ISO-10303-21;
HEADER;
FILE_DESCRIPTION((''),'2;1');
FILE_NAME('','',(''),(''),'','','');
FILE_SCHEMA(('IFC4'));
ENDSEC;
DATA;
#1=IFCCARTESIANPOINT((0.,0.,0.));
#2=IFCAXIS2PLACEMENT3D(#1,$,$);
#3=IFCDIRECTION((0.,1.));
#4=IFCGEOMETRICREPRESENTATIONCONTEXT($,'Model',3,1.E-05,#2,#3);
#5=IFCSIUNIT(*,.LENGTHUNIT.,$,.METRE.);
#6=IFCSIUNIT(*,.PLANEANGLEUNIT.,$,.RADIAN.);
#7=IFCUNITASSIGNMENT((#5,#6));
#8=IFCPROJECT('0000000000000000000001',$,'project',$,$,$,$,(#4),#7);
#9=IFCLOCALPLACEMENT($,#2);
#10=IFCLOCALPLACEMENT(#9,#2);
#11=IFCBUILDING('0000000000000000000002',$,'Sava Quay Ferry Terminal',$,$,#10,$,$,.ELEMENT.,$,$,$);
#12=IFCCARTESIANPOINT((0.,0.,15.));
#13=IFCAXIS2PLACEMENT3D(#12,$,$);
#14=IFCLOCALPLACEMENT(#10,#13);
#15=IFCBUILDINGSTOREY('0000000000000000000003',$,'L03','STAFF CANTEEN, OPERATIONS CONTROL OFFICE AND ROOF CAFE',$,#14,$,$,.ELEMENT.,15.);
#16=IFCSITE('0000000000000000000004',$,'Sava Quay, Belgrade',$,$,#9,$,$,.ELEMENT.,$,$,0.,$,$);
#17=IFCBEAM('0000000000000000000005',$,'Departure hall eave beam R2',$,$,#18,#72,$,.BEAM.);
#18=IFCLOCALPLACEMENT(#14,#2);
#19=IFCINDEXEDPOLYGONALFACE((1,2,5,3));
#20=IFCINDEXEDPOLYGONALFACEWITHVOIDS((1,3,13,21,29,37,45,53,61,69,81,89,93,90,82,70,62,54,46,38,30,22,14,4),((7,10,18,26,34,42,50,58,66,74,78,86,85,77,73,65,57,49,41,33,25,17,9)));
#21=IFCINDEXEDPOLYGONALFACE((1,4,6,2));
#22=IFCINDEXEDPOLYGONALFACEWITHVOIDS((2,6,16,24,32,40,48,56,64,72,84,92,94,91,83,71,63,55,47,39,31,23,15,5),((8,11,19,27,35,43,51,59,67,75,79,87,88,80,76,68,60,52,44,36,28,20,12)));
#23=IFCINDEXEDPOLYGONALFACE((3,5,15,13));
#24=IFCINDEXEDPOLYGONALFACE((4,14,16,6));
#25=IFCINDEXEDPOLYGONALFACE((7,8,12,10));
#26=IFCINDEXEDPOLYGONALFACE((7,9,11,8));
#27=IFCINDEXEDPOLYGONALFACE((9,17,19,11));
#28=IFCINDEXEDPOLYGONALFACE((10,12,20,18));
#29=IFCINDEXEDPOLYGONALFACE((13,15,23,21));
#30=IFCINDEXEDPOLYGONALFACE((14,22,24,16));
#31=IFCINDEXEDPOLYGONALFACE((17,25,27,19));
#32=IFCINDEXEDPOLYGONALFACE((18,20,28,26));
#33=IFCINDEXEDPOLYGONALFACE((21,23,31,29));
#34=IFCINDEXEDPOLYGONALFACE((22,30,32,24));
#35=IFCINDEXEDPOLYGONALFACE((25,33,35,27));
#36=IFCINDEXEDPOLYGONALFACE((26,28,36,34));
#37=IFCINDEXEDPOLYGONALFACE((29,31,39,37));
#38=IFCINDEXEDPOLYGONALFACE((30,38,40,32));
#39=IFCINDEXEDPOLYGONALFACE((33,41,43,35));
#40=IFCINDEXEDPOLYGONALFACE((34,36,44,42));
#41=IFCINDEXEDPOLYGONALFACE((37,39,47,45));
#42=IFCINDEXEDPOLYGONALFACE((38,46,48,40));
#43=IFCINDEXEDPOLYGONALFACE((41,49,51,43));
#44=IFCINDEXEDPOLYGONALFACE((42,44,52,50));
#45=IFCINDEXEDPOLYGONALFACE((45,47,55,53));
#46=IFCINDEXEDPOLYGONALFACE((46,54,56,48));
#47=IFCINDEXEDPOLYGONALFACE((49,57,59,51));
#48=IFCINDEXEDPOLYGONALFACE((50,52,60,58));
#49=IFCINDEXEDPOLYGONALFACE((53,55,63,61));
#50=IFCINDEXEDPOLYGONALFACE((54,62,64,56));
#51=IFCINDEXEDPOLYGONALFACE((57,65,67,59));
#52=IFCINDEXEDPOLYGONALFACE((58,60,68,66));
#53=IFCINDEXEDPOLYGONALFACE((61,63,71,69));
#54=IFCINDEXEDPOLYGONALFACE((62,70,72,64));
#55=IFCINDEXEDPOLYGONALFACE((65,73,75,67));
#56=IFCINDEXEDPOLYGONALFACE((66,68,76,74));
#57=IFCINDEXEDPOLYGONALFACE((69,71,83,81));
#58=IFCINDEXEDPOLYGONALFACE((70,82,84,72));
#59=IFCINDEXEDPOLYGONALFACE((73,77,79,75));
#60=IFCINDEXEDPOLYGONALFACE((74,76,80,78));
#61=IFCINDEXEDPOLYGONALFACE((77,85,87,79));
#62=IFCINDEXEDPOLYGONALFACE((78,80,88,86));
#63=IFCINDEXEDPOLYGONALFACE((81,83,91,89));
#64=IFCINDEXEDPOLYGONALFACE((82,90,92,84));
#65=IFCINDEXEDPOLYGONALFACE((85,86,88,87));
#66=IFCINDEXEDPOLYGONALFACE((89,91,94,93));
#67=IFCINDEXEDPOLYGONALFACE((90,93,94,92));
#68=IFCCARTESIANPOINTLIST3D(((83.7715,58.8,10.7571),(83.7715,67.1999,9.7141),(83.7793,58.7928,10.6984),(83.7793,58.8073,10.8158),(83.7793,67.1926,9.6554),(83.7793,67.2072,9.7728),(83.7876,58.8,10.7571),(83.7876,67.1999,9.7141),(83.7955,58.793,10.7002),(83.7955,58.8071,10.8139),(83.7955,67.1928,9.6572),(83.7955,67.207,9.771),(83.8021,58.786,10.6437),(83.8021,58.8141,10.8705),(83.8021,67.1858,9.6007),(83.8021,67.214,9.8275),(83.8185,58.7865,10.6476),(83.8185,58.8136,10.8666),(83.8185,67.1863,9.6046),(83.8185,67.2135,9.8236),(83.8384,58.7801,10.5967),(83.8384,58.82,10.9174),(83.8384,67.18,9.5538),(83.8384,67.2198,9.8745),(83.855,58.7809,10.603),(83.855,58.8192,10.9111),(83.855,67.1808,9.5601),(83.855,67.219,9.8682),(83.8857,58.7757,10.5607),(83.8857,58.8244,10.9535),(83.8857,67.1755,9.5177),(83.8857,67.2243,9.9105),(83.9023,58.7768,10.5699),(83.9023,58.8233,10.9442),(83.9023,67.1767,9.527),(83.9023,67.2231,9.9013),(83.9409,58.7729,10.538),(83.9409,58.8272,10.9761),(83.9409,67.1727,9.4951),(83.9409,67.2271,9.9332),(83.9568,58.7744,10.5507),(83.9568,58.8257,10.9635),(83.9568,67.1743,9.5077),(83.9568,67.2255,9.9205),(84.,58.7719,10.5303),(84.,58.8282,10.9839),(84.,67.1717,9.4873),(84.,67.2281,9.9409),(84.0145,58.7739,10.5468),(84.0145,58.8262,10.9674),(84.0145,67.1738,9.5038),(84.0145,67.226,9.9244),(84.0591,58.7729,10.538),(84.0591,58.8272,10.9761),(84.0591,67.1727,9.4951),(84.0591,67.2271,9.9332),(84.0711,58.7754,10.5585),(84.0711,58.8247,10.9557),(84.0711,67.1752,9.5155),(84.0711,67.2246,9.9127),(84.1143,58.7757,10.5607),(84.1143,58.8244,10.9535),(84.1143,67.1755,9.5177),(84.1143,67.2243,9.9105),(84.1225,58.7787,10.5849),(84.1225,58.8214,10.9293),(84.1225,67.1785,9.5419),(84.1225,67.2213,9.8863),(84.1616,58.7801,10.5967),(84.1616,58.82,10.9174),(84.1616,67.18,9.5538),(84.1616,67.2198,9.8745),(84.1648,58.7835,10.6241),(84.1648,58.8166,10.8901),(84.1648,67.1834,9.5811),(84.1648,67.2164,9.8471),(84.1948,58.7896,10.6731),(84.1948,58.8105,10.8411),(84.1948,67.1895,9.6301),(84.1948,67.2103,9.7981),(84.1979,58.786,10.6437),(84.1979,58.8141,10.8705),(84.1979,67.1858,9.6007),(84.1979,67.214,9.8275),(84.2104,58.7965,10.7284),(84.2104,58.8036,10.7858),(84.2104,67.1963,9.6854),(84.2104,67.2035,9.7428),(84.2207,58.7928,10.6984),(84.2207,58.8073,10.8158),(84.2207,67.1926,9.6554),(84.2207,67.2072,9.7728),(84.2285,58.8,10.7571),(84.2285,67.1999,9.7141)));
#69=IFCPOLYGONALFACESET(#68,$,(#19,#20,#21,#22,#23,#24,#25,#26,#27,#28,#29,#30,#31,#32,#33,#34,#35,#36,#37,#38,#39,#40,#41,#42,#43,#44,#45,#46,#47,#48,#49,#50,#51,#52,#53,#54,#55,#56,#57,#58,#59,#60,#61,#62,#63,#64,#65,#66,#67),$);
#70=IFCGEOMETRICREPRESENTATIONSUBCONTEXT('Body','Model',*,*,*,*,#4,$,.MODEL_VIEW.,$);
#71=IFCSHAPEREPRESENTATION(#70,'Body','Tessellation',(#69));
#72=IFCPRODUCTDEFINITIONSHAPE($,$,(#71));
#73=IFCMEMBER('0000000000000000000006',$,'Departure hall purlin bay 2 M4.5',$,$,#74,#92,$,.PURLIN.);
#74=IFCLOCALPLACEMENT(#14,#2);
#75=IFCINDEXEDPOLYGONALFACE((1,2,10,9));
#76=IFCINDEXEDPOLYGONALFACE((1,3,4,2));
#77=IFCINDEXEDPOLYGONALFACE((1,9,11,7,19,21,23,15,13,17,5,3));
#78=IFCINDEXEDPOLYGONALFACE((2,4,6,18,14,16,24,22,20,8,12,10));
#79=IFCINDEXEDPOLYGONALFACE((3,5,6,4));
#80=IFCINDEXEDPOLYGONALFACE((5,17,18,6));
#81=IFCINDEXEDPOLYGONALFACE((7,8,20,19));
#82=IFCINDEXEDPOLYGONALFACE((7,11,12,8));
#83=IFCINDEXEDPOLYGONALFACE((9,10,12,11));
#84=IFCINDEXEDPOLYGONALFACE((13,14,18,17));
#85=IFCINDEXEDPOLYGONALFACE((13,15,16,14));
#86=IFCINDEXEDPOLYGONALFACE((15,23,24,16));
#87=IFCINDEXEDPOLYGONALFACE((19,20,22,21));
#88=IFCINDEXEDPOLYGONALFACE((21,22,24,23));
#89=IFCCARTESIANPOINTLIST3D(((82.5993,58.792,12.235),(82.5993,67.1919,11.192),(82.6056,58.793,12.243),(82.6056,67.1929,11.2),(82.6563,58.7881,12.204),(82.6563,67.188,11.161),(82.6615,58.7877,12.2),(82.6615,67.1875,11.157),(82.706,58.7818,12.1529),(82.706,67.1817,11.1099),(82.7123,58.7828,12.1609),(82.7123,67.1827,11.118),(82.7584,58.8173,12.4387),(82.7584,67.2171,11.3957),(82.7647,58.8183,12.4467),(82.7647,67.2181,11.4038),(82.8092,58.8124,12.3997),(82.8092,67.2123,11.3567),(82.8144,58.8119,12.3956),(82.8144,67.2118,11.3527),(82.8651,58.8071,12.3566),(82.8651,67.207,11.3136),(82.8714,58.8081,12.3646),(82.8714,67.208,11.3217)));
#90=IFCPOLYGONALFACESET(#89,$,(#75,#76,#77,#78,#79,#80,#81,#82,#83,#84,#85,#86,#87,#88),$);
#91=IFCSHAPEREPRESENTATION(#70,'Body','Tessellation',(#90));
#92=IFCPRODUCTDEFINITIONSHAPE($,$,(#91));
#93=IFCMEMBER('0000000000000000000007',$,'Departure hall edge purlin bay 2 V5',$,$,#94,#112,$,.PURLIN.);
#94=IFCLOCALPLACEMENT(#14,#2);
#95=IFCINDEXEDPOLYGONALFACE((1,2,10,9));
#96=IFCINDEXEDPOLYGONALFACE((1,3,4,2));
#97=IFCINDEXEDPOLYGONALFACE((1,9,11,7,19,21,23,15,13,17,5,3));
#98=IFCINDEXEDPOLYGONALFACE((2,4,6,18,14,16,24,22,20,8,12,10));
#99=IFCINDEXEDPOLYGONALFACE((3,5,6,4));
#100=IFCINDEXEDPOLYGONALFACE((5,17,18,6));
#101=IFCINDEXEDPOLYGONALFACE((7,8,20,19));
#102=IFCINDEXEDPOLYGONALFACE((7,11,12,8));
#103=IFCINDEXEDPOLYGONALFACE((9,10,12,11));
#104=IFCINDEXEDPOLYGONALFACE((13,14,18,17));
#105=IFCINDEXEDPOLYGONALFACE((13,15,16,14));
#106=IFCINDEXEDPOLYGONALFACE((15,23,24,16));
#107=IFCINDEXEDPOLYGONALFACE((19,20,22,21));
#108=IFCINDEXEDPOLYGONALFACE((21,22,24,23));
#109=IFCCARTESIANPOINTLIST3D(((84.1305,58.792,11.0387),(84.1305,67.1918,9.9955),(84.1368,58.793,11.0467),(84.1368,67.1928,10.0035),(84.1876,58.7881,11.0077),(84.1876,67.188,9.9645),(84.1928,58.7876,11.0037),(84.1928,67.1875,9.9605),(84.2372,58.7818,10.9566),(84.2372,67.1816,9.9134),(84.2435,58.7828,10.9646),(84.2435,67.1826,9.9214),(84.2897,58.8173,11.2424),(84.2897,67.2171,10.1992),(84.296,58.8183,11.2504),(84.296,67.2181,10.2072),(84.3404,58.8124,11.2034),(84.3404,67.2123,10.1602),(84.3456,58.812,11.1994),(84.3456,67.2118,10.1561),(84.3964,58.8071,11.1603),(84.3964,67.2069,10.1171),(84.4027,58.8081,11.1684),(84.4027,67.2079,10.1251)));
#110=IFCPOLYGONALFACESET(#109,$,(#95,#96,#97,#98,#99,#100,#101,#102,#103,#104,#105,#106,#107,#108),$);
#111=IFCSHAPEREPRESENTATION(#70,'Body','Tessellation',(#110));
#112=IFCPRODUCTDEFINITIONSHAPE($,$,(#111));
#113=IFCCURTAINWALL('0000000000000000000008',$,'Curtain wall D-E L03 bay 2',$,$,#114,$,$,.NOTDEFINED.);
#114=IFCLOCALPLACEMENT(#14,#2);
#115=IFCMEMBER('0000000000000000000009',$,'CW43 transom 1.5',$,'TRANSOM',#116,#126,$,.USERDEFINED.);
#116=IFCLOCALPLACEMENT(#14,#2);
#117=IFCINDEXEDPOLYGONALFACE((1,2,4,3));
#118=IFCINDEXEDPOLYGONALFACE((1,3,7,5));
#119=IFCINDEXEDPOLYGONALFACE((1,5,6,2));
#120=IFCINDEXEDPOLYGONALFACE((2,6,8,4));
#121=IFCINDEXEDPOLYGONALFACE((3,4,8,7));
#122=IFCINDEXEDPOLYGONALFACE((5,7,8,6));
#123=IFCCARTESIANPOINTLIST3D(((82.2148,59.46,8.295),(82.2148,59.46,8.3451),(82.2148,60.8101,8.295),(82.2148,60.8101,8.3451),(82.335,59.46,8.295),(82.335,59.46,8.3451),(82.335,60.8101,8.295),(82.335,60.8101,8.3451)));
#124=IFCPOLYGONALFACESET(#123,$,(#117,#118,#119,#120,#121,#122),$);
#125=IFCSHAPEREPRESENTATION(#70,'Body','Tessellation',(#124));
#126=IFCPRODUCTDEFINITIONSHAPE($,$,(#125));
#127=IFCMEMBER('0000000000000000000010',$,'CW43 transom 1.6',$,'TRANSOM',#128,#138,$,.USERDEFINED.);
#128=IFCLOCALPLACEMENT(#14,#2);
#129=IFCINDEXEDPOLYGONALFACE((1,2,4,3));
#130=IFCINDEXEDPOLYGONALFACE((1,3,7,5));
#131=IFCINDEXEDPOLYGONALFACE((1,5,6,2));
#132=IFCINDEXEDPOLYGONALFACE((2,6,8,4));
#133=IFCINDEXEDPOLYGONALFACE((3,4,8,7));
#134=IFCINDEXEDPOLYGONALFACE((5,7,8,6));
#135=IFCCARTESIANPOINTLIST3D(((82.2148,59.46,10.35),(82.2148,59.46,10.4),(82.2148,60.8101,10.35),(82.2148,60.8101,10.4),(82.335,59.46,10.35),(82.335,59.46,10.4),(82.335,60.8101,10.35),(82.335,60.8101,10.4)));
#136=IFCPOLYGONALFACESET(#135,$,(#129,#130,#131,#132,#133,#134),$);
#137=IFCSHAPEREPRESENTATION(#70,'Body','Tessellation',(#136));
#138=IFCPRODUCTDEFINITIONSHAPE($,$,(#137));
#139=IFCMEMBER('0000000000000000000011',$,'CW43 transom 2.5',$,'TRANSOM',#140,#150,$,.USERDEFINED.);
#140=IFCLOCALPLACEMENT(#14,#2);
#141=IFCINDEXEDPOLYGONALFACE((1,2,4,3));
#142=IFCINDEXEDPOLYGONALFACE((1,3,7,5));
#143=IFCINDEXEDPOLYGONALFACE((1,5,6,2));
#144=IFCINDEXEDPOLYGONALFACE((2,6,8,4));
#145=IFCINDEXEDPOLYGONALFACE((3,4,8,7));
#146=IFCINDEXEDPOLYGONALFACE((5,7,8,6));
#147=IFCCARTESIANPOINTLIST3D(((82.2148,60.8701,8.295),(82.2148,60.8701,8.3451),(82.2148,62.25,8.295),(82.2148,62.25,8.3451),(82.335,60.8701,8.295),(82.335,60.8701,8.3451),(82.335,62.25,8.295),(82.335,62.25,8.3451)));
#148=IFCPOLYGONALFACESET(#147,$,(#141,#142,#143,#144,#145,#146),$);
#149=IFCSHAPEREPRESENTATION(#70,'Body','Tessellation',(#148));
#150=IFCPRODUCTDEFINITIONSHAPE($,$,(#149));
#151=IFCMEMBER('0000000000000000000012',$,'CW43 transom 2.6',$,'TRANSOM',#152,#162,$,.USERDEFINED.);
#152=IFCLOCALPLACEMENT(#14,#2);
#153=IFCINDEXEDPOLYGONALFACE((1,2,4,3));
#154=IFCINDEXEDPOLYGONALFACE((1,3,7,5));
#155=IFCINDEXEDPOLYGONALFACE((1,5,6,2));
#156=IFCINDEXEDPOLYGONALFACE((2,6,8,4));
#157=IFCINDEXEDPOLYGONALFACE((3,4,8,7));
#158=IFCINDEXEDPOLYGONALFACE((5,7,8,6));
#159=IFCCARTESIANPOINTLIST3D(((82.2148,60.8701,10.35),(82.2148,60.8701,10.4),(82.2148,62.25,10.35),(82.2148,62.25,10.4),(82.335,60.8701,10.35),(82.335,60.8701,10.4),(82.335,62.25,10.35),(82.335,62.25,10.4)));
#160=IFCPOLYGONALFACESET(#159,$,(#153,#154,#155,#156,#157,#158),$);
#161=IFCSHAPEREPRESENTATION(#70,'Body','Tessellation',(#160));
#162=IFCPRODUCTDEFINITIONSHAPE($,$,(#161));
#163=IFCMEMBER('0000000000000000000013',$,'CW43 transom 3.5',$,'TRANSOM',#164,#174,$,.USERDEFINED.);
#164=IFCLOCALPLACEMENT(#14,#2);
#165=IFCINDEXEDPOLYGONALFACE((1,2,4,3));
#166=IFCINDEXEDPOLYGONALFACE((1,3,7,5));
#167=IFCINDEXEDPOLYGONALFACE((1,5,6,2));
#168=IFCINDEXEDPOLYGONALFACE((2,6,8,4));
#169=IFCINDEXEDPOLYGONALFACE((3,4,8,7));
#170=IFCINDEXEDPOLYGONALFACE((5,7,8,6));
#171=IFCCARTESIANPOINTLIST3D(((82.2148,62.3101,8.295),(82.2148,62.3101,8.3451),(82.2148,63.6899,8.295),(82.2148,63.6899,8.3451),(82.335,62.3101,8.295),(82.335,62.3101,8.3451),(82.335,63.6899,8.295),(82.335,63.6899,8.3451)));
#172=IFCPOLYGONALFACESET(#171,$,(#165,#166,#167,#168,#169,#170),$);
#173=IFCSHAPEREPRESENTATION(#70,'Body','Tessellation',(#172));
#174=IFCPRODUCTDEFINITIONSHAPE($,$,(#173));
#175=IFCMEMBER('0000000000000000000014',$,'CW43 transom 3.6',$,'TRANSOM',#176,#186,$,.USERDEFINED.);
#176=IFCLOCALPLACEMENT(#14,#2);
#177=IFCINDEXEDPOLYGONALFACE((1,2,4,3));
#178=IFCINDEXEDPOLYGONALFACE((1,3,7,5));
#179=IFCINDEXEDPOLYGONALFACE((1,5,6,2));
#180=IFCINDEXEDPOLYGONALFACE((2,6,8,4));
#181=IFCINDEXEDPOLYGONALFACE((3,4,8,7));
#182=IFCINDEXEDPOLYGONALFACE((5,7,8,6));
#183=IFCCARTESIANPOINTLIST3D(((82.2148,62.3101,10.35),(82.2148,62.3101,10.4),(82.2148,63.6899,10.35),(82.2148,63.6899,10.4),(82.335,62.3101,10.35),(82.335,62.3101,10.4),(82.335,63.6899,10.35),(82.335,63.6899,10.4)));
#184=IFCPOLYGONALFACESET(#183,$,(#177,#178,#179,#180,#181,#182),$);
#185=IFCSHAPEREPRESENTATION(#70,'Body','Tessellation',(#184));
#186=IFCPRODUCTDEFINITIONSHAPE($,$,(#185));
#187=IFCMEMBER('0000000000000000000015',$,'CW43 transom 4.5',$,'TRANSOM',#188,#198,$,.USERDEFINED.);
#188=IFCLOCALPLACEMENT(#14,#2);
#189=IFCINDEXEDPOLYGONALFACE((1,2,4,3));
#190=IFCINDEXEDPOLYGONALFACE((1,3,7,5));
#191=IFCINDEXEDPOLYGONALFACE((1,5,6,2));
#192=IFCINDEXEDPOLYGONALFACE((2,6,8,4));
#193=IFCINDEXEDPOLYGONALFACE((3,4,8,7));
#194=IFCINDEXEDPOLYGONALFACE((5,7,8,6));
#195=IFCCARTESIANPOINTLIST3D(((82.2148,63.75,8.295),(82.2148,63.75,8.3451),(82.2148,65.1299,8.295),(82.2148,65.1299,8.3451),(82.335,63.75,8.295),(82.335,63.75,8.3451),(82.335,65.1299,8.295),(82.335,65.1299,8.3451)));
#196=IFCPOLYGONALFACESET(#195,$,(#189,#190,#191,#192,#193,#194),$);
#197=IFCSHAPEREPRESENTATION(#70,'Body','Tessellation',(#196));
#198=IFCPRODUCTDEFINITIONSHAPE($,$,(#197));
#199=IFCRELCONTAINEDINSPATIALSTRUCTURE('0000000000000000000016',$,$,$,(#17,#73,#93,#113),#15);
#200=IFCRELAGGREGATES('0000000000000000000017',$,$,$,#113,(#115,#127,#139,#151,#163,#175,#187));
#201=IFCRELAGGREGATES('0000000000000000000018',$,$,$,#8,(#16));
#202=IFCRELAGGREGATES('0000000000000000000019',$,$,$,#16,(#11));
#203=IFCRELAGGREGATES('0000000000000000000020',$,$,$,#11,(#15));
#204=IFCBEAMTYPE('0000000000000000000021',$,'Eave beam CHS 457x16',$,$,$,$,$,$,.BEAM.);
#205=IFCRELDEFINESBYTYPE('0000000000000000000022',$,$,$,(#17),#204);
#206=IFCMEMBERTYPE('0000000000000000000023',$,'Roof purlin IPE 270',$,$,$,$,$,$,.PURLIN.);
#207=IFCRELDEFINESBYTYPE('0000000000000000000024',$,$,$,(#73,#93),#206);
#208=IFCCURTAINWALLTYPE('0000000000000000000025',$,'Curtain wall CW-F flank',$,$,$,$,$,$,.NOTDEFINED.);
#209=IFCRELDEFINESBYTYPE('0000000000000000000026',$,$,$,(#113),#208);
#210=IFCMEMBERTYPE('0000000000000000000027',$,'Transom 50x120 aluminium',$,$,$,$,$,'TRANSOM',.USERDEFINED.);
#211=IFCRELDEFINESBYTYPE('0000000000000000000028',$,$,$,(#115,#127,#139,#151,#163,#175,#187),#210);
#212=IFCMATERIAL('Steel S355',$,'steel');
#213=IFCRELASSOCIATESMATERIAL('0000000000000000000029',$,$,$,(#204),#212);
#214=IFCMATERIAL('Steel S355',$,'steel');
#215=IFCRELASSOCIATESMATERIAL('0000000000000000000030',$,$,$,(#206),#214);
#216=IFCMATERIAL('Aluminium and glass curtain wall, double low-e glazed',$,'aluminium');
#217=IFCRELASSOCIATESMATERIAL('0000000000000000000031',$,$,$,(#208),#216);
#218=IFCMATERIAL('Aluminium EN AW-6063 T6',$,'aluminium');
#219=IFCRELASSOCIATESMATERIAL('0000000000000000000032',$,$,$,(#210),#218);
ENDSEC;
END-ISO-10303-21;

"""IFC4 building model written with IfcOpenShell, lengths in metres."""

from ifc_helpers import new_model, si_unit, direction, frame, origin, origin_2d, place, context, subcontext, project, spatial, rectangle, hollow_circle, i_section, extrude, material, material_profile, profile_set, type_object, element, aggregate, save


model = new_model("IFC4")

# Units and contexts
model_context = context("Model", 3, precision=1e-05, world=origin(), true_north=direction((0.0, 1.0)))
body_context = subcontext(model_context, "Body", "Model", "MODEL_VIEW")
ifc_project = project(units=[si_unit("LENGTHUNIT", "METRE"), si_unit("PLANEANGLEUNIT", "RADIAN")], contexts=[model_context])

# Site, building, storey
site_placement = place(None, origin())
site = spatial("IfcSite", under=ifc_project, at=site_placement, Name="Sava Quay, Belgrade", CompositionType="ELEMENT", RefElevation=0.0)
building_placement = place(site_placement, origin())
building = spatial("IfcBuilding", under=site, at=building_placement, Name="Sava Quay Ferry Terminal", CompositionType="ELEMENT")
storey_placement = place(building_placement, frame((0.0, 0.0, 15.0)))
storey = spatial("IfcBuildingStorey", under=building, at=storey_placement, Name="L03", Description="STAFF CANTEEN, OPERATIONS CONTROL OFFICE AND ROOF CAFE", CompositionType="ELEMENT", Elevation=15.0)

# Beam
ifc_material_1 = material(Name="Steel S355", Category="steel")
ifc_material_profile_1 = material_profile(ifc_material_1, hollow_circle(Radius=0.2285, WallThickness=0.0161, at=origin_2d()), Name="CHS 457 x 16.0")
ifc_profile_set_1 = profile_set([ifc_material_profile_1], Name="Steel S355")
beam_type = type_object("IfcBeamType", Name="Eave beam CHS 457x16", PredefinedType="BEAM", material=ifc_profile_set_1)
beam_placement = place(storey_placement, frame((84.0, 58.8, 10.7571), z_axis=(0.0, 0.99238, -0.123218), x_axis=(-1.0, 0.0, 0.0)))
element("IfcBeam", 1, at=beam_placement, inside=storey, type_object=beam_type, Name="Departure hall eave beam R2", PredefinedType="BEAM", context=body_context, shape_type="SweptSolid", body=[
    extrude(hollow_circle(Radius=0.2285, WallThickness=0.0161, at=origin_2d()), origin(), (0.0, 0.0, 1.0), 8.4644),
])

# Members
ifc_material_2 = material(Name="Steel S355", Category="steel")
ifc_material_profile_2 = material_profile(ifc_material_2, i_section(OverallWidth=0.135, OverallDepth=0.27, WebThickness=0.0066, FlangeThickness=0.0103, at=origin_2d()), Name="IPE 270")
ifc_profile_set_2 = profile_set([ifc_material_profile_2], Name="Steel S355")
member_type_1 = type_object("IfcMemberType", Name="Roof purlin IPE 270", PredefinedType="PURLIN", material=ifc_profile_set_2)
for number, where, z_axis, x_axis, name in (
    (2, (82.7354, 58.8, 12.2998), (0.0, 0.99238, -0.123218), (-0.790288, 0.0755, 0.608066), "Departure hall purlin bay 2 M4.5"),
    (3, (84.2666, 58.8, 11.1035), (0.0, 0.992376, -0.123247), (-0.790288, 0.075518, 0.608064), "Departure hall edge purlin bay 2 V5"),
):
    element("IfcMember", number, at=place(storey_placement, frame(where, z_axis=z_axis, x_axis=x_axis)), inside=storey, type_object=member_type_1, Name=name, PredefinedType="PURLIN", context=body_context, shape_type="SweptSolid", body=[
        extrude(i_section(OverallWidth=0.135, OverallDepth=0.27, WebThickness=0.0066, FlangeThickness=0.0103, at=origin_2d()), origin(), (0.0, 0.0, 1.0), 8.4644),
    ])

# Curtain wall, members
ifc_material_3 = material(Name="Aluminium and glass curtain wall, double low-e glazed", Category="aluminium")
curtain_wall_type = type_object("IfcCurtainWallType", Name="Curtain wall CW-F flank", PredefinedType="NOTDEFINED", material=ifc_material_3)
curtain_wall_placement = place(storey_placement, origin())
curtain_wall = element("IfcCurtainWall", 4, at=curtain_wall_placement, inside=storey, type_object=curtain_wall_type, Name="Curtain wall D-E L03 bay 2", PredefinedType="NOTDEFINED")
ifc_material_4 = material(Name="Aluminium EN AW-6063 T6", Category="aluminium")
ifc_material_profile_3 = material_profile(ifc_material_4, rectangle(XDim=0.1201, YDim=0.05, at=origin_2d()), Name="Transom 50x120 aluminium")
ifc_profile_set_3 = profile_set([ifc_material_profile_3], Name="Aluminium EN AW-6063 T6")
member_type_2 = type_object("IfcMemberType", Name="Transom 50x120 aluminium", ElementType="TRANSOM", PredefinedType="USERDEFINED", material=ifc_profile_set_3)
member_1_placement = place(storey_placement, frame((82.2749, 59.46, 8.3201), z_axis=(0.0, 1.0, 0.0), x_axis=(-1.0, 0.0, 0.0)))
member_1 = element("IfcMember", 5, at=member_1_placement, type_object=member_type_2, Name="CW43 transom 1.5", ObjectType="TRANSOM", PredefinedType="USERDEFINED", context=body_context, shape_type="SweptSolid", body=[
    extrude(rectangle(XDim=0.1201, YDim=0.05, at=origin_2d()), origin(), (0.0, 0.0, 1.0), 1.3501),
])
member_2_placement = place(storey_placement, frame((82.2749, 59.46, 10.375), z_axis=(0.0, 1.0, 0.0), x_axis=(-1.0, 0.0, 0.0)))
member_2 = element("IfcMember", 6, at=member_2_placement, type_object=member_type_2, Name="CW43 transom 1.6", ObjectType="TRANSOM", PredefinedType="USERDEFINED", context=body_context, shape_type="SweptSolid", body=[
    extrude(rectangle(XDim=0.1201, YDim=0.05, at=origin_2d()), origin(), (0.0, 0.0, 1.0), 1.3501),
])
member_3_placement = place(storey_placement, frame((82.2749, 60.8701, 8.3201), z_axis=(0.0, 1.0, 0.0), x_axis=(-1.0, 0.0, 0.0)))
member_3 = element("IfcMember", 7, at=member_3_placement, type_object=member_type_2, Name="CW43 transom 2.5", ObjectType="TRANSOM", PredefinedType="USERDEFINED", context=body_context, shape_type="SweptSolid", body=[
    extrude(rectangle(XDim=0.1201, YDim=0.05, at=origin_2d()), origin(), (0.0, 0.0, 1.0), 1.3799),
])
member_4_placement = place(storey_placement, frame((82.2749, 60.8701, 10.375), z_axis=(0.0, 1.0, 0.0), x_axis=(-1.0, 0.0, 0.0)))
member_4 = element("IfcMember", 8, at=member_4_placement, type_object=member_type_2, Name="CW43 transom 2.6", ObjectType="TRANSOM", PredefinedType="USERDEFINED", context=body_context, shape_type="SweptSolid", body=[
    extrude(rectangle(XDim=0.1201, YDim=0.05, at=origin_2d()), origin(), (0.0, 0.0, 1.0), 1.3799),
])
member_5_placement = place(storey_placement, frame((82.2749, 62.3101, 8.3201), z_axis=(0.0, 1.0, 0.0), x_axis=(-1.0, 0.0, 0.0)))
member_5 = element("IfcMember", 9, at=member_5_placement, type_object=member_type_2, Name="CW43 transom 3.5", ObjectType="TRANSOM", PredefinedType="USERDEFINED", context=body_context, shape_type="SweptSolid", body=[
    extrude(rectangle(XDim=0.1201, YDim=0.05, at=origin_2d()), origin(), (0.0, 0.0, 1.0), 1.3799),
])
member_6_placement = place(storey_placement, frame((82.2749, 62.3101, 10.375), z_axis=(0.0, 1.0, 0.0), x_axis=(-1.0, 0.0, 0.0)))
member_6 = element("IfcMember", 10, at=member_6_placement, type_object=member_type_2, Name="CW43 transom 3.6", ObjectType="TRANSOM", PredefinedType="USERDEFINED", context=body_context, shape_type="SweptSolid", body=[
    extrude(rectangle(XDim=0.1201, YDim=0.05, at=origin_2d()), origin(), (0.0, 0.0, 1.0), 1.3799),
])
member_7_placement = place(storey_placement, frame((82.2749, 63.75, 8.3201), z_axis=(0.0, 1.0, 0.0), x_axis=(-1.0, 0.0, 0.0)))
member_7 = element("IfcMember", 11, at=member_7_placement, type_object=member_type_2, Name="CW43 transom 4.5", ObjectType="TRANSOM", PredefinedType="USERDEFINED", context=body_context, shape_type="SweptSolid", body=[
    extrude(rectangle(XDim=0.1201, YDim=0.05, at=origin_2d()), origin(), (0.0, 0.0, 1.0), 1.3799),
])
aggregate(curtain_wall, [member_1, member_2, member_3, member_4, member_5, member_6, member_7])

save(model, "model.ifc")
